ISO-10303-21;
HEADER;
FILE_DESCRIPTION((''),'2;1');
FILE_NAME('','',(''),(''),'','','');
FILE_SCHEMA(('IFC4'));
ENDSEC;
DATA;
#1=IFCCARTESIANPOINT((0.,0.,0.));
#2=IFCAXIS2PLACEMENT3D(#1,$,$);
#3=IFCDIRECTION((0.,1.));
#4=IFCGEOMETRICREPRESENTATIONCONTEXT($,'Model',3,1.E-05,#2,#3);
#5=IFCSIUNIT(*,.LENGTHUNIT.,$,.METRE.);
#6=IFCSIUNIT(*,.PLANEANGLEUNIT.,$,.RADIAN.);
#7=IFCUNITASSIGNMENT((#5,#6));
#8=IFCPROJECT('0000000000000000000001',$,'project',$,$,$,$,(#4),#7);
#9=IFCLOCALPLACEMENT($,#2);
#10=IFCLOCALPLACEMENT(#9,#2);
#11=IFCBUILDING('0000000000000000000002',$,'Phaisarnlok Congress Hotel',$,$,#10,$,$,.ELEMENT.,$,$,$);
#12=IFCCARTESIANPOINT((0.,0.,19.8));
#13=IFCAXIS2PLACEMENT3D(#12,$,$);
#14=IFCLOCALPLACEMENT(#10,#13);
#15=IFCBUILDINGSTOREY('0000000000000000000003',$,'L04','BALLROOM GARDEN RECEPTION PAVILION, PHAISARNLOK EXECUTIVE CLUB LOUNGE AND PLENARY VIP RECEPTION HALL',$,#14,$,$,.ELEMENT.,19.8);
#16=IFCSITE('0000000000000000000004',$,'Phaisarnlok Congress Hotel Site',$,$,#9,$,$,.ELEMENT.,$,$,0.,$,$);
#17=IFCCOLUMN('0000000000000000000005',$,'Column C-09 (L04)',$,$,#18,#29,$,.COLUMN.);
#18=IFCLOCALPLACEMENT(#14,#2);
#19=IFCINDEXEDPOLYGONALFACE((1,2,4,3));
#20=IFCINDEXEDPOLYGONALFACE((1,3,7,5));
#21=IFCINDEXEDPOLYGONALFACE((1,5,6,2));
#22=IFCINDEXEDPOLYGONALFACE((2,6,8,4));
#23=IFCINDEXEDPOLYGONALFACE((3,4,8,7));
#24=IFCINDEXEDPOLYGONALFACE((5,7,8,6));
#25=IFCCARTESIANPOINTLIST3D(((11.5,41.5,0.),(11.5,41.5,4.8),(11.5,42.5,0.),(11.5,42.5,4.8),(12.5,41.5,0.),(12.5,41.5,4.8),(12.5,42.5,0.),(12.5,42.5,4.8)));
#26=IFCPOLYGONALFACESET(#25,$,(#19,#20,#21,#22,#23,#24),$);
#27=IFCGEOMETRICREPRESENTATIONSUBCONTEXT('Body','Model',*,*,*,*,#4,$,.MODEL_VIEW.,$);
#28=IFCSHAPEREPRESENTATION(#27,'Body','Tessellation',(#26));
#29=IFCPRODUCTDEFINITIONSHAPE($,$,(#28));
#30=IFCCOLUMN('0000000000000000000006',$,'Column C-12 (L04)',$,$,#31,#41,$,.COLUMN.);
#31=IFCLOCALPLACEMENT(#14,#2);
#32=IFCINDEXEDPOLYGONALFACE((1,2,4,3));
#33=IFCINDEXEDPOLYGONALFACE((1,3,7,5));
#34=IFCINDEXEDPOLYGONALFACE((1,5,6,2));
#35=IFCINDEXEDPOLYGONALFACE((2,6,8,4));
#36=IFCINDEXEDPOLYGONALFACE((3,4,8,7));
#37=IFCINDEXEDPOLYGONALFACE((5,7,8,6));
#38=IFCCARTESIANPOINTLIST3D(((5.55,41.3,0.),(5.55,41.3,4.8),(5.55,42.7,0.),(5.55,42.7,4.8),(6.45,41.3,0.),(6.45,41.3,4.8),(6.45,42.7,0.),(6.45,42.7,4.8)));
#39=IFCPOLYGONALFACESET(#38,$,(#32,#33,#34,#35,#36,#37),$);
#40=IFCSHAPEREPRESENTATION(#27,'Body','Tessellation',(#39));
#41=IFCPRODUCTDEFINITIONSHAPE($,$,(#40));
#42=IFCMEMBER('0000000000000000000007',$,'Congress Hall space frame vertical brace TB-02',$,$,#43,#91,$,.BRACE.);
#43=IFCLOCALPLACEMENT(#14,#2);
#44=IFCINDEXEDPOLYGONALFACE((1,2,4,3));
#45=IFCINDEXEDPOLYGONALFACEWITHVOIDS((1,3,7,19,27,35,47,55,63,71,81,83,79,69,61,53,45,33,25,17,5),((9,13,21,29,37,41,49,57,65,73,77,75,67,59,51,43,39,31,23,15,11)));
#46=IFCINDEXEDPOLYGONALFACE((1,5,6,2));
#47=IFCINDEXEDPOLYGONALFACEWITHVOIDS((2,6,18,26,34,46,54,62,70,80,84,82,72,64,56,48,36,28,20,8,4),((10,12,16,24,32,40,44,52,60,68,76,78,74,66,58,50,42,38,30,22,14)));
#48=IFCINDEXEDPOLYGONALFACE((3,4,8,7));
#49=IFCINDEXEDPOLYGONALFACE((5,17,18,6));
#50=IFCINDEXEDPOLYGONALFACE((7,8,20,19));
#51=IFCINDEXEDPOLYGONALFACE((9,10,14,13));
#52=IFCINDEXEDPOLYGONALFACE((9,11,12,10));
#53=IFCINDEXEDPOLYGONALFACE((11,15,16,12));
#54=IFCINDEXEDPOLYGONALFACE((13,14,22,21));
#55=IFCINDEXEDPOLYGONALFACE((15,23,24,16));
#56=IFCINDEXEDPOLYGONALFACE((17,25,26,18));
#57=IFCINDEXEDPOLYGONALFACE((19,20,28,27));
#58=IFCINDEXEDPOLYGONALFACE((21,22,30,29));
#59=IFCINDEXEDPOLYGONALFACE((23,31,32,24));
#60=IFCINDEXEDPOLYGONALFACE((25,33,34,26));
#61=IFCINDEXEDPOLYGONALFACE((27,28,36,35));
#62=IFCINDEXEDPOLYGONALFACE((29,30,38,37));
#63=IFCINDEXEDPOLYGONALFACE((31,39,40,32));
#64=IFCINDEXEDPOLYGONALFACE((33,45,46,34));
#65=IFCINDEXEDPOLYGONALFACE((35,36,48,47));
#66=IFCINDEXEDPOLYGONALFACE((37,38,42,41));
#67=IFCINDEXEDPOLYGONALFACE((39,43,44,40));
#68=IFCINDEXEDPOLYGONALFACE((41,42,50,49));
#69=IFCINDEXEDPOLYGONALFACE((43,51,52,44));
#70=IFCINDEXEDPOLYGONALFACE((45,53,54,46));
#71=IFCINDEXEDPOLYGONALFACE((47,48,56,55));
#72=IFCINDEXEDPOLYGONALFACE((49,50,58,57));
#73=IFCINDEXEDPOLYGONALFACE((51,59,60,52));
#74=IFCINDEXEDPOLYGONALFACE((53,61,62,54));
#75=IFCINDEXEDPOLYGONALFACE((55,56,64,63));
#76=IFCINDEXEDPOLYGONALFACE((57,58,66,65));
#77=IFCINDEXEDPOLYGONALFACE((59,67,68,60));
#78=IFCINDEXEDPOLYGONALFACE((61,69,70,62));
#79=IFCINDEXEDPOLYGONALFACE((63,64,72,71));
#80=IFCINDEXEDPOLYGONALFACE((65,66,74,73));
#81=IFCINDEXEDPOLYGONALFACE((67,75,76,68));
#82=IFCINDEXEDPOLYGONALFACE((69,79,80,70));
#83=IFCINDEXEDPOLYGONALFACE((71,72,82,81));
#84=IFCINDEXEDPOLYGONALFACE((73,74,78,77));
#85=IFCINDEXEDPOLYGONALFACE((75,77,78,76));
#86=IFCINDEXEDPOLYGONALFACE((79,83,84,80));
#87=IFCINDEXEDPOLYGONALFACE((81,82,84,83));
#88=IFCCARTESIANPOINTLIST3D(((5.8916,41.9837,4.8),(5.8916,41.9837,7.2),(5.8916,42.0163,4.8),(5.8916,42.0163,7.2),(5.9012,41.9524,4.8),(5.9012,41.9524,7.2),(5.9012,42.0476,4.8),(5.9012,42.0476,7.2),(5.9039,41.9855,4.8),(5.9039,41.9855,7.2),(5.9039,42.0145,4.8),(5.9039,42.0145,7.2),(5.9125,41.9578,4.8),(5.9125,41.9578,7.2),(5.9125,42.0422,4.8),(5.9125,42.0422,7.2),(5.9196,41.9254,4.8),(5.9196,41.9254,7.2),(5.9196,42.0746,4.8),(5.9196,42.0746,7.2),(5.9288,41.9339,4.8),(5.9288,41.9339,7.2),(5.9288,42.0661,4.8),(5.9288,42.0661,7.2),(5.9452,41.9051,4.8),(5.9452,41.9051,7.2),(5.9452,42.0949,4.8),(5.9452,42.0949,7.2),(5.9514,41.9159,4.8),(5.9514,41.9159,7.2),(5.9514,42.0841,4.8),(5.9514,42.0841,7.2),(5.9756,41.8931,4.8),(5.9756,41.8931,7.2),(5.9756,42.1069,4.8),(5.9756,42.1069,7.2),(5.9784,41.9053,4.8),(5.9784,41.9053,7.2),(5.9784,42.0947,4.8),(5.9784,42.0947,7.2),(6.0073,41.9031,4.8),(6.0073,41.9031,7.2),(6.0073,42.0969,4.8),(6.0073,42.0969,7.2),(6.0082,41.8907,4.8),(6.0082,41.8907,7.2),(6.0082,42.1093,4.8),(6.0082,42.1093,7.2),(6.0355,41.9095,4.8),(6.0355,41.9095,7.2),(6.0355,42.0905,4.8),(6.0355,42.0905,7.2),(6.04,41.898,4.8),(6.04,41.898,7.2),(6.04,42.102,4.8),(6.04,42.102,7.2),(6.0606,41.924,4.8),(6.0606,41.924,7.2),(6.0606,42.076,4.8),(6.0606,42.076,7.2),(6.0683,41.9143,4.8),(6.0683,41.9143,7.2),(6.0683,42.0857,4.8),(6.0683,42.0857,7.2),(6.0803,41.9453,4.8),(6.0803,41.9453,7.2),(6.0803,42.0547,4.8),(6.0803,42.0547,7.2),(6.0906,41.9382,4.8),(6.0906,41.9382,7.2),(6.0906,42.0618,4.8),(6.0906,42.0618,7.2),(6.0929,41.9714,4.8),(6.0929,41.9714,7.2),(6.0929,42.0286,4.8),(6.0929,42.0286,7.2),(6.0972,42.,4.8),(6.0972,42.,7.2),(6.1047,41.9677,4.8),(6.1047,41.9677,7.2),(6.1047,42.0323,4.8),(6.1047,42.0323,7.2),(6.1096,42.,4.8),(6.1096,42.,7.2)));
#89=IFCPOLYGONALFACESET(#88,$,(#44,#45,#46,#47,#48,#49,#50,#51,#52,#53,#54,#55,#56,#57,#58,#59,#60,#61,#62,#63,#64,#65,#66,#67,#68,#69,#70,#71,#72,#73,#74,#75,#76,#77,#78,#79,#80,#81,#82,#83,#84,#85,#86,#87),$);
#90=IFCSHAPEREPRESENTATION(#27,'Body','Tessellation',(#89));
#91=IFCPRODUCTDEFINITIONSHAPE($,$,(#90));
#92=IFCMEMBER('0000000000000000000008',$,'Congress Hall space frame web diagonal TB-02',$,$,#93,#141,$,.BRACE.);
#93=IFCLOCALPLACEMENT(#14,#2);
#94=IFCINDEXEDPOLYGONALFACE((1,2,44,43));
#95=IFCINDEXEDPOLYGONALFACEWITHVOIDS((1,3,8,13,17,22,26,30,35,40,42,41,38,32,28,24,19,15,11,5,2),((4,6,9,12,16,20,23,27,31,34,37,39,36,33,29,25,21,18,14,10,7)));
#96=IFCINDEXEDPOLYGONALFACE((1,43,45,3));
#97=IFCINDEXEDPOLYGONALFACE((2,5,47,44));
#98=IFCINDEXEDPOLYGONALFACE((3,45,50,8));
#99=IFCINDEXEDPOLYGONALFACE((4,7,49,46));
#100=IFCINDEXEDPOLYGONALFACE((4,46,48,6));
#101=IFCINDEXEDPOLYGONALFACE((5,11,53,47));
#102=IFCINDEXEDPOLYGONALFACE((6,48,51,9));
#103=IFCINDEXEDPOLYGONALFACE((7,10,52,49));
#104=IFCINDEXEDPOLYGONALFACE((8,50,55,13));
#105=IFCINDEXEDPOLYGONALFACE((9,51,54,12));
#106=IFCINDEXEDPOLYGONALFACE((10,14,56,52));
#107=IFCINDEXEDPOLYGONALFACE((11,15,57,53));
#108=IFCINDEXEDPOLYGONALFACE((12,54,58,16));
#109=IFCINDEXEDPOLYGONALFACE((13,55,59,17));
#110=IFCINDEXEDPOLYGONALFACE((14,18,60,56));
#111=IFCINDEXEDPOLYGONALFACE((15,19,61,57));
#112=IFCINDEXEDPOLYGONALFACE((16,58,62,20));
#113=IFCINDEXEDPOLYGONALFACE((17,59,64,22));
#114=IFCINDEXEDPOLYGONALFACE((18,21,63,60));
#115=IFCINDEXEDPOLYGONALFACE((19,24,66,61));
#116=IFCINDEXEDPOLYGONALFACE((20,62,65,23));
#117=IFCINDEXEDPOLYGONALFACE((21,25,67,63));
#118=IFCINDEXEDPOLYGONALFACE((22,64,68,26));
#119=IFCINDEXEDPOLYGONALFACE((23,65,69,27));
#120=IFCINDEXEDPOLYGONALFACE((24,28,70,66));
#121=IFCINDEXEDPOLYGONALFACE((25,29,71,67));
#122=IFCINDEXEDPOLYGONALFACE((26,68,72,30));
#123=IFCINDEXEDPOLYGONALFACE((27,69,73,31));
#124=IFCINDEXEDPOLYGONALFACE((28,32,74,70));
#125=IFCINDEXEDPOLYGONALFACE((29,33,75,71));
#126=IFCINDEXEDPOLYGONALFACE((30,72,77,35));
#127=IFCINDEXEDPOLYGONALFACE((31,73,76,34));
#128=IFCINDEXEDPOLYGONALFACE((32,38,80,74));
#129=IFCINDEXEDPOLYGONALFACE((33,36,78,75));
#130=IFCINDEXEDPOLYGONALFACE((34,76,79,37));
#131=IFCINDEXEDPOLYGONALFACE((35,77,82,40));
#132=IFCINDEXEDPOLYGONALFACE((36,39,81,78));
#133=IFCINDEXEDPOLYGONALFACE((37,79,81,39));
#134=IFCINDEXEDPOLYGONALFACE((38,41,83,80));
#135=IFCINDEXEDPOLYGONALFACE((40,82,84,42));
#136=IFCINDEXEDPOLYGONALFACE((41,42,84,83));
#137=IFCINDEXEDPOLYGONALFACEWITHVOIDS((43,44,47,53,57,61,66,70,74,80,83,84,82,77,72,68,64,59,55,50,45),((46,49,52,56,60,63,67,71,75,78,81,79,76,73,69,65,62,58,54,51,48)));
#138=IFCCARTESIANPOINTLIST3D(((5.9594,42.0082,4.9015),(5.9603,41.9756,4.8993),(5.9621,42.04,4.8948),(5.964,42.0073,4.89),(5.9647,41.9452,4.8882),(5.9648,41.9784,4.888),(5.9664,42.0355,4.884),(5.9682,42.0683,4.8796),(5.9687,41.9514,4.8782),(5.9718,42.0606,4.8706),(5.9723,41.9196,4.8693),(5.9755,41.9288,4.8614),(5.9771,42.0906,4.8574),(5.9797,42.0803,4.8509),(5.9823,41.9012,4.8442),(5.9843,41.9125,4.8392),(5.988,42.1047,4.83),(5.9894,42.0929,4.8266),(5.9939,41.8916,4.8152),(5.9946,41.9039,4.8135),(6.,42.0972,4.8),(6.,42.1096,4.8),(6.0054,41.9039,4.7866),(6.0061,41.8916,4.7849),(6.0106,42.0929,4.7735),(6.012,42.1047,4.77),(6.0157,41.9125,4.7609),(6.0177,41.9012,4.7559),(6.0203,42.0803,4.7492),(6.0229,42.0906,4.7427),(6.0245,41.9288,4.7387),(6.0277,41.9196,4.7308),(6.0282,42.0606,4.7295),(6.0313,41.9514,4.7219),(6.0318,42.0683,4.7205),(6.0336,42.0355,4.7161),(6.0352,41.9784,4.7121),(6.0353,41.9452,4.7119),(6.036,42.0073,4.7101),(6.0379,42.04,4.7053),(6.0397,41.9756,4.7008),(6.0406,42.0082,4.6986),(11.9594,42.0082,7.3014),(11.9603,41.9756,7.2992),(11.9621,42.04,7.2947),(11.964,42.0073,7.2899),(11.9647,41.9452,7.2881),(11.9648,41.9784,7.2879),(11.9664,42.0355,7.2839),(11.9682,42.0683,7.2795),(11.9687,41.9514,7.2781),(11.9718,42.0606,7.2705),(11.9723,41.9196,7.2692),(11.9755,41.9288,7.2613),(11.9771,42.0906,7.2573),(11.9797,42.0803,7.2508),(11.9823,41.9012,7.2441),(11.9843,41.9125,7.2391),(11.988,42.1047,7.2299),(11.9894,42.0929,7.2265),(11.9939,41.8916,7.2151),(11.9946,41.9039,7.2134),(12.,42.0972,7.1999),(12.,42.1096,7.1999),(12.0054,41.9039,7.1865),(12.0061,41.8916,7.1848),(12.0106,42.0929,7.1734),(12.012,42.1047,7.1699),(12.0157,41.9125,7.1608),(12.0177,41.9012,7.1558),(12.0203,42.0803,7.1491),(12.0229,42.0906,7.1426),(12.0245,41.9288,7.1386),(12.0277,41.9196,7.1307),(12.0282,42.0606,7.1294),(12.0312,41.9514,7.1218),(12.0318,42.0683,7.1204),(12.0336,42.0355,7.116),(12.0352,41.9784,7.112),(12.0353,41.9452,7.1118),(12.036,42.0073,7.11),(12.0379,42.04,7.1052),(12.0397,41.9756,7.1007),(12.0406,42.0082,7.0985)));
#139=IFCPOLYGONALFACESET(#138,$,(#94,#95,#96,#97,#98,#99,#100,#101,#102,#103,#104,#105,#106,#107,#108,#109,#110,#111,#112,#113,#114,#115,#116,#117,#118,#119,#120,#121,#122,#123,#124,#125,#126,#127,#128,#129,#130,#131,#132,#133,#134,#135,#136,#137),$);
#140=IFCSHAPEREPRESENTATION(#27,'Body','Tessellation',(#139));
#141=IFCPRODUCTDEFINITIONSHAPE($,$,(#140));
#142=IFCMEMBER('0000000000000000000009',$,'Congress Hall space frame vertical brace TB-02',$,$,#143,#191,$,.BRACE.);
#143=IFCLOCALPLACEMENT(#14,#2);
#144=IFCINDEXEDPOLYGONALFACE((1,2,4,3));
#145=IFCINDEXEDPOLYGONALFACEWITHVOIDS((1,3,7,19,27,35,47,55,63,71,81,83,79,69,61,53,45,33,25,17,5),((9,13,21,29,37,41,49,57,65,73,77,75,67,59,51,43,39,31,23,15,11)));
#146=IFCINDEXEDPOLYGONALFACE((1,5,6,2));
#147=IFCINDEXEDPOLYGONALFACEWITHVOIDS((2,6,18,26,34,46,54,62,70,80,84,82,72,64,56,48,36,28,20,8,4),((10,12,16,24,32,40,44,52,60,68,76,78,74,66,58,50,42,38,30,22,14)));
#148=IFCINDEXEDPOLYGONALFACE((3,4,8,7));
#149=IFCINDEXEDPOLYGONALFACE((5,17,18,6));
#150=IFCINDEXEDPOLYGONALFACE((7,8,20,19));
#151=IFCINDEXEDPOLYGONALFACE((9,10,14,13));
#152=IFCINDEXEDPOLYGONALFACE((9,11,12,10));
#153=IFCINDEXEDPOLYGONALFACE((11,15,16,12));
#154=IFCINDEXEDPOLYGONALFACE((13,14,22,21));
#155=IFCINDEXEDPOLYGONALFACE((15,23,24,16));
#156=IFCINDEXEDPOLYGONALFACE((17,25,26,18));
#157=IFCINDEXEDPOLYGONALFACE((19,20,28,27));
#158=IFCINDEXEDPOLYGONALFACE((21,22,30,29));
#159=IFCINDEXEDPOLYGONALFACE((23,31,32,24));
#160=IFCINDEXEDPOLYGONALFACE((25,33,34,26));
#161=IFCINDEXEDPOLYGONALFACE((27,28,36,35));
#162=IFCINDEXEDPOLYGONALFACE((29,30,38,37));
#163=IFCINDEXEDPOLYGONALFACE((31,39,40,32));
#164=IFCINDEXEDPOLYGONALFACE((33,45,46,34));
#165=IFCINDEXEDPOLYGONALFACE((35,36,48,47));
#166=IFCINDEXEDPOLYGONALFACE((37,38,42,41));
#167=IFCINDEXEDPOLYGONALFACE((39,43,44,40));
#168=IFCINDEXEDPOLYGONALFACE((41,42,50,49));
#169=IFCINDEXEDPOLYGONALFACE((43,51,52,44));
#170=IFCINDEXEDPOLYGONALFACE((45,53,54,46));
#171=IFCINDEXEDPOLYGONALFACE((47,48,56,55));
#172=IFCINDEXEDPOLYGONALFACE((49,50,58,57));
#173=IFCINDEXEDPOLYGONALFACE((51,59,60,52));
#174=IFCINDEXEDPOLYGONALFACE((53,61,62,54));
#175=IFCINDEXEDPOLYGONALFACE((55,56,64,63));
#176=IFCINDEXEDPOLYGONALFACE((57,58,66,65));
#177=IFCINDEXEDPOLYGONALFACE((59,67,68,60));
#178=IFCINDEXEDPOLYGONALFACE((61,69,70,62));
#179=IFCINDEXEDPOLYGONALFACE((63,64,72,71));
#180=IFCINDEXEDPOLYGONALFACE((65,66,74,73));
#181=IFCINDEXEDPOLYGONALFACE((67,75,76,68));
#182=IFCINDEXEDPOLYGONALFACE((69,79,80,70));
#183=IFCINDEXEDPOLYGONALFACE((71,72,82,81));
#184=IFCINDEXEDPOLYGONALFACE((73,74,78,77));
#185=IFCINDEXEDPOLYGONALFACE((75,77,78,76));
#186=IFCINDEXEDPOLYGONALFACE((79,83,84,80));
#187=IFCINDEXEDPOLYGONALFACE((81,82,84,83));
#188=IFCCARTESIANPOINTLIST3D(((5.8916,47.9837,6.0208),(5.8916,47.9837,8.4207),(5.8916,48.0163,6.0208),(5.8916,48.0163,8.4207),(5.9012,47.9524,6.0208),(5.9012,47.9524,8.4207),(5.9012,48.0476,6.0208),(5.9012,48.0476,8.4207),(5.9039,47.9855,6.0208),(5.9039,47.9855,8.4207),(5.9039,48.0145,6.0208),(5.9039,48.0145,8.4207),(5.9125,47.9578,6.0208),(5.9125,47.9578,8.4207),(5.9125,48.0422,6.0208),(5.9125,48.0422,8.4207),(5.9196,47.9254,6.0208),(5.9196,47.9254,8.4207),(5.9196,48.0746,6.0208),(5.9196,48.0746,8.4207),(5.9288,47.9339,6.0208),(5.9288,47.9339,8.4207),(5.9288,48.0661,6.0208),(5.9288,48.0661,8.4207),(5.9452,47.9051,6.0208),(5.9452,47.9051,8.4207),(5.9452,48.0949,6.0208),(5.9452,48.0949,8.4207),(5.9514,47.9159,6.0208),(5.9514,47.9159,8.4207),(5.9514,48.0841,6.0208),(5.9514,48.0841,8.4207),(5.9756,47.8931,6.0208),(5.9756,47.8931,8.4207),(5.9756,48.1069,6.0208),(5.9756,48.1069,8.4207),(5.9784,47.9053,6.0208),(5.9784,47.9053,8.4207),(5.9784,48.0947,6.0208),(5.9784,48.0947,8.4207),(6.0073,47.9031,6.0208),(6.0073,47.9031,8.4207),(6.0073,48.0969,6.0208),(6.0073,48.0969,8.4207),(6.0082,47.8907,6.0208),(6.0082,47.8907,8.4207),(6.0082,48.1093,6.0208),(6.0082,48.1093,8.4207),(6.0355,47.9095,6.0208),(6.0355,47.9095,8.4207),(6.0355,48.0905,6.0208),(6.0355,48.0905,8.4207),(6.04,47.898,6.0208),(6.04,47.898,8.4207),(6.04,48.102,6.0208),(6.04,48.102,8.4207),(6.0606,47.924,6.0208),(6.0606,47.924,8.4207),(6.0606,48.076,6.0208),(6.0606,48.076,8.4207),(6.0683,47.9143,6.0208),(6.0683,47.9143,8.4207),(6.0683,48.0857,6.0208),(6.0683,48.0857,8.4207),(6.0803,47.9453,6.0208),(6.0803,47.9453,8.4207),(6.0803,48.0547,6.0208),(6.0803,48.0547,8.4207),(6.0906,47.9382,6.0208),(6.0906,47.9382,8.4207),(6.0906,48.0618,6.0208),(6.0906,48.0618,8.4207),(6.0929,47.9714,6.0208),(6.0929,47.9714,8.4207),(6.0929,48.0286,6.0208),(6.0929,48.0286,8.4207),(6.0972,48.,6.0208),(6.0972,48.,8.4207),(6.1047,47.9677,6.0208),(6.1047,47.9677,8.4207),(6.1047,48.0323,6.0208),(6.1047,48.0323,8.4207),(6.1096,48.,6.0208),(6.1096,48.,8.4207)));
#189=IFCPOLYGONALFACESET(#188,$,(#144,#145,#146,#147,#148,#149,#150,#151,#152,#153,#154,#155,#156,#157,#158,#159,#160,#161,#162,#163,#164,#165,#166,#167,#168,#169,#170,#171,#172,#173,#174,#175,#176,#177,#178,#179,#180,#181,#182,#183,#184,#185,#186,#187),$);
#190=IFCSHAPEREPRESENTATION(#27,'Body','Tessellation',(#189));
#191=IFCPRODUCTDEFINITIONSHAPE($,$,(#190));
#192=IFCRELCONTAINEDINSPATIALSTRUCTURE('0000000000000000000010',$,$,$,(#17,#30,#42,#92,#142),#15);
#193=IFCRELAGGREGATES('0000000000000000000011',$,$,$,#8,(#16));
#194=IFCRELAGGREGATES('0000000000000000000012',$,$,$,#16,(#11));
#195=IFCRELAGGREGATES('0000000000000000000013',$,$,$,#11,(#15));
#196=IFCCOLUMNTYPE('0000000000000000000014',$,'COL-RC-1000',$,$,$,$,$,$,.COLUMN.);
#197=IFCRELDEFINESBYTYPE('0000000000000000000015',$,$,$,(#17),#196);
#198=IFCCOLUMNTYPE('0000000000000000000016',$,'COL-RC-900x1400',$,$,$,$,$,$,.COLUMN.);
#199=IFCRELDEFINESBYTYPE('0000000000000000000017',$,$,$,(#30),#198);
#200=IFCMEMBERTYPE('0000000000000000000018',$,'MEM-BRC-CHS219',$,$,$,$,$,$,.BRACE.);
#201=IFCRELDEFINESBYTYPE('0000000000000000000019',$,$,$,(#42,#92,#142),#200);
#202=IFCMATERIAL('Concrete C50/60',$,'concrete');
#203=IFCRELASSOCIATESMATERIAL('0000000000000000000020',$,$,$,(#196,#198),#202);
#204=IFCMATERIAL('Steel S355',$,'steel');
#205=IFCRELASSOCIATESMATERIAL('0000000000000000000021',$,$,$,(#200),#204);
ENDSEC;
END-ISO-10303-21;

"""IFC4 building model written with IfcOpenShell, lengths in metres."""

from ifc_helpers import new_model, si_unit, direction, frame, origin, origin_2d, place, context, subcontext, project, spatial, rectangle, hollow_circle, extrude, material, material_profile, profile_set, type_object, element, save


model = new_model("IFC4")

# Units and contexts
model_context = context("Model", 3, precision=1e-05, world=origin(), true_north=direction((0.0, 1.0)))
body_context = subcontext(model_context, "Body", "Model", "MODEL_VIEW")
ifc_project = project(units=[si_unit("LENGTHUNIT", "METRE"), si_unit("PLANEANGLEUNIT", "RADIAN")], contexts=[model_context])

# Site, building, storey
site_placement = place(None, origin())
site = spatial("IfcSite", under=ifc_project, at=site_placement, Name="Phaisarnlok Congress Hotel Site", CompositionType="ELEMENT", RefElevation=0.0)
building_placement = place(site_placement, origin())
building = spatial("IfcBuilding", under=site, at=building_placement, Name="Phaisarnlok Congress Hotel", CompositionType="ELEMENT")
storey_placement = place(building_placement, frame((0.0, 0.0, 19.8)))
storey = spatial("IfcBuildingStorey", under=building, at=storey_placement, Name="L04", Description="BALLROOM GARDEN RECEPTION PAVILION, PHAISARNLOK EXECUTIVE CLUB LOUNGE AND PLENARY VIP RECEPTION HALL", CompositionType="ELEMENT", Elevation=19.8)

# Columns
ifc_material_1 = material(Name="Concrete C50/60", Category="concrete")
ifc_material_profile_1 = material_profile(ifc_material_1, rectangle(XDim=1.0, YDim=1.0, at=origin_2d()), Name="RC 1000x1000")
ifc_profile_set_1 = profile_set([ifc_material_profile_1], Name="Concrete C50/60")
column_type_1 = type_object("IfcColumnType", Name="COL-RC-1000", PredefinedType="COLUMN", material=ifc_profile_set_1)
column_1_placement = place(storey_placement, frame((12.0, 42.0, 0.0), z_axis=(0.0, 0.0, 1.0), x_axis=(1.0, 0.0, 0.0)))
element("IfcColumn", 1, at=column_1_placement, inside=storey, type_object=column_type_1, Name="Column C-09 (L04)", PredefinedType="COLUMN", context=body_context, shape_type="SweptSolid", body=[
    extrude(rectangle(XDim=1.0, YDim=1.0, at=origin_2d()), origin(), (0.0, 0.0, 1.0), 4.8),
])
ifc_material_profile_2 = material_profile(ifc_material_1, rectangle(XDim=0.8999, YDim=1.3999, at=origin_2d()), Name="RC 900x1400")
ifc_profile_set_2 = profile_set([ifc_material_profile_2], Name="Concrete C50/60")
column_type_2 = type_object("IfcColumnType", Name="COL-RC-900x1400", PredefinedType="COLUMN", material=ifc_profile_set_2)
column_2_placement = place(storey_placement, frame((6.0, 42.0, 0.0), z_axis=(0.0, 0.0, 1.0), x_axis=(1.0, 0.0, 0.0)))
element("IfcColumn", 2, at=column_2_placement, inside=storey, type_object=column_type_2, Name="Column C-12 (L04)", PredefinedType="COLUMN", context=body_context, shape_type="SweptSolid", body=[
    extrude(rectangle(XDim=0.8999, YDim=1.3999, at=origin_2d()), origin(), (0.0, 0.0, 1.0), 4.8),
])

# Members
ifc_material_2 = material(Name="Steel S355", Category="steel")
ifc_material_profile_3 = material_profile(ifc_material_2, hollow_circle(Radius=0.1096, WallThickness=0.0125, at=origin_2d()), Name="CHS 219.1x12.5")
ifc_profile_set_3 = profile_set([ifc_material_profile_3], Name="Steel S355")
member_type_1 = type_object("IfcMemberType", Name="MEM-BRC-CHS219", PredefinedType="BRACE", material=ifc_profile_set_3)
member_1_placement = place(storey_placement, frame((6.0, 42.0, 4.8), z_axis=(0.0, 0.0, 1.0), x_axis=(1.0, 0.0, 0.0)))
element("IfcMember", 3, at=member_1_placement, inside=storey, type_object=member_type_1, Name="Congress Hall space frame vertical brace TB-02", PredefinedType="BRACE", context=body_context, shape_type="SweptSolid", body=[
    extrude(hollow_circle(Radius=0.1096, WallThickness=0.0125, at=origin_2d()), origin(), (0.0, 0.0, 1.0), 2.3999),
])
member_2_placement = place(storey_placement, frame((6.0, 42.0, 4.8), z_axis=(0.928482, 0.0, 0.371378), x_axis=(0.0, 1.0, 0.0)))
element("IfcMember", 4, at=member_2_placement, inside=storey, type_object=member_type_1, Name="Congress Hall space frame web diagonal TB-02", PredefinedType="BRACE", context=body_context, shape_type="SweptSolid", body=[
    extrude(hollow_circle(Radius=0.1096, WallThickness=0.0125, at=origin_2d()), origin(), (0.0, 0.0, 1.0), 6.4622),
])
member_3_placement = place(storey_placement, frame((6.0, 48.0, 6.0208), z_axis=(0.0, 0.0, 1.0), x_axis=(1.0, 0.0, 0.0)))
element("IfcMember", 5, at=member_3_placement, inside=storey, type_object=member_type_1, Name="Congress Hall space frame vertical brace TB-02", PredefinedType="BRACE", context=body_context, shape_type="SweptSolid", body=[
    extrude(hollow_circle(Radius=0.1096, WallThickness=0.0125, at=origin_2d()), origin(), (0.0, 0.0, 1.0), 2.3999),
])

save(model, "model.ifc")
